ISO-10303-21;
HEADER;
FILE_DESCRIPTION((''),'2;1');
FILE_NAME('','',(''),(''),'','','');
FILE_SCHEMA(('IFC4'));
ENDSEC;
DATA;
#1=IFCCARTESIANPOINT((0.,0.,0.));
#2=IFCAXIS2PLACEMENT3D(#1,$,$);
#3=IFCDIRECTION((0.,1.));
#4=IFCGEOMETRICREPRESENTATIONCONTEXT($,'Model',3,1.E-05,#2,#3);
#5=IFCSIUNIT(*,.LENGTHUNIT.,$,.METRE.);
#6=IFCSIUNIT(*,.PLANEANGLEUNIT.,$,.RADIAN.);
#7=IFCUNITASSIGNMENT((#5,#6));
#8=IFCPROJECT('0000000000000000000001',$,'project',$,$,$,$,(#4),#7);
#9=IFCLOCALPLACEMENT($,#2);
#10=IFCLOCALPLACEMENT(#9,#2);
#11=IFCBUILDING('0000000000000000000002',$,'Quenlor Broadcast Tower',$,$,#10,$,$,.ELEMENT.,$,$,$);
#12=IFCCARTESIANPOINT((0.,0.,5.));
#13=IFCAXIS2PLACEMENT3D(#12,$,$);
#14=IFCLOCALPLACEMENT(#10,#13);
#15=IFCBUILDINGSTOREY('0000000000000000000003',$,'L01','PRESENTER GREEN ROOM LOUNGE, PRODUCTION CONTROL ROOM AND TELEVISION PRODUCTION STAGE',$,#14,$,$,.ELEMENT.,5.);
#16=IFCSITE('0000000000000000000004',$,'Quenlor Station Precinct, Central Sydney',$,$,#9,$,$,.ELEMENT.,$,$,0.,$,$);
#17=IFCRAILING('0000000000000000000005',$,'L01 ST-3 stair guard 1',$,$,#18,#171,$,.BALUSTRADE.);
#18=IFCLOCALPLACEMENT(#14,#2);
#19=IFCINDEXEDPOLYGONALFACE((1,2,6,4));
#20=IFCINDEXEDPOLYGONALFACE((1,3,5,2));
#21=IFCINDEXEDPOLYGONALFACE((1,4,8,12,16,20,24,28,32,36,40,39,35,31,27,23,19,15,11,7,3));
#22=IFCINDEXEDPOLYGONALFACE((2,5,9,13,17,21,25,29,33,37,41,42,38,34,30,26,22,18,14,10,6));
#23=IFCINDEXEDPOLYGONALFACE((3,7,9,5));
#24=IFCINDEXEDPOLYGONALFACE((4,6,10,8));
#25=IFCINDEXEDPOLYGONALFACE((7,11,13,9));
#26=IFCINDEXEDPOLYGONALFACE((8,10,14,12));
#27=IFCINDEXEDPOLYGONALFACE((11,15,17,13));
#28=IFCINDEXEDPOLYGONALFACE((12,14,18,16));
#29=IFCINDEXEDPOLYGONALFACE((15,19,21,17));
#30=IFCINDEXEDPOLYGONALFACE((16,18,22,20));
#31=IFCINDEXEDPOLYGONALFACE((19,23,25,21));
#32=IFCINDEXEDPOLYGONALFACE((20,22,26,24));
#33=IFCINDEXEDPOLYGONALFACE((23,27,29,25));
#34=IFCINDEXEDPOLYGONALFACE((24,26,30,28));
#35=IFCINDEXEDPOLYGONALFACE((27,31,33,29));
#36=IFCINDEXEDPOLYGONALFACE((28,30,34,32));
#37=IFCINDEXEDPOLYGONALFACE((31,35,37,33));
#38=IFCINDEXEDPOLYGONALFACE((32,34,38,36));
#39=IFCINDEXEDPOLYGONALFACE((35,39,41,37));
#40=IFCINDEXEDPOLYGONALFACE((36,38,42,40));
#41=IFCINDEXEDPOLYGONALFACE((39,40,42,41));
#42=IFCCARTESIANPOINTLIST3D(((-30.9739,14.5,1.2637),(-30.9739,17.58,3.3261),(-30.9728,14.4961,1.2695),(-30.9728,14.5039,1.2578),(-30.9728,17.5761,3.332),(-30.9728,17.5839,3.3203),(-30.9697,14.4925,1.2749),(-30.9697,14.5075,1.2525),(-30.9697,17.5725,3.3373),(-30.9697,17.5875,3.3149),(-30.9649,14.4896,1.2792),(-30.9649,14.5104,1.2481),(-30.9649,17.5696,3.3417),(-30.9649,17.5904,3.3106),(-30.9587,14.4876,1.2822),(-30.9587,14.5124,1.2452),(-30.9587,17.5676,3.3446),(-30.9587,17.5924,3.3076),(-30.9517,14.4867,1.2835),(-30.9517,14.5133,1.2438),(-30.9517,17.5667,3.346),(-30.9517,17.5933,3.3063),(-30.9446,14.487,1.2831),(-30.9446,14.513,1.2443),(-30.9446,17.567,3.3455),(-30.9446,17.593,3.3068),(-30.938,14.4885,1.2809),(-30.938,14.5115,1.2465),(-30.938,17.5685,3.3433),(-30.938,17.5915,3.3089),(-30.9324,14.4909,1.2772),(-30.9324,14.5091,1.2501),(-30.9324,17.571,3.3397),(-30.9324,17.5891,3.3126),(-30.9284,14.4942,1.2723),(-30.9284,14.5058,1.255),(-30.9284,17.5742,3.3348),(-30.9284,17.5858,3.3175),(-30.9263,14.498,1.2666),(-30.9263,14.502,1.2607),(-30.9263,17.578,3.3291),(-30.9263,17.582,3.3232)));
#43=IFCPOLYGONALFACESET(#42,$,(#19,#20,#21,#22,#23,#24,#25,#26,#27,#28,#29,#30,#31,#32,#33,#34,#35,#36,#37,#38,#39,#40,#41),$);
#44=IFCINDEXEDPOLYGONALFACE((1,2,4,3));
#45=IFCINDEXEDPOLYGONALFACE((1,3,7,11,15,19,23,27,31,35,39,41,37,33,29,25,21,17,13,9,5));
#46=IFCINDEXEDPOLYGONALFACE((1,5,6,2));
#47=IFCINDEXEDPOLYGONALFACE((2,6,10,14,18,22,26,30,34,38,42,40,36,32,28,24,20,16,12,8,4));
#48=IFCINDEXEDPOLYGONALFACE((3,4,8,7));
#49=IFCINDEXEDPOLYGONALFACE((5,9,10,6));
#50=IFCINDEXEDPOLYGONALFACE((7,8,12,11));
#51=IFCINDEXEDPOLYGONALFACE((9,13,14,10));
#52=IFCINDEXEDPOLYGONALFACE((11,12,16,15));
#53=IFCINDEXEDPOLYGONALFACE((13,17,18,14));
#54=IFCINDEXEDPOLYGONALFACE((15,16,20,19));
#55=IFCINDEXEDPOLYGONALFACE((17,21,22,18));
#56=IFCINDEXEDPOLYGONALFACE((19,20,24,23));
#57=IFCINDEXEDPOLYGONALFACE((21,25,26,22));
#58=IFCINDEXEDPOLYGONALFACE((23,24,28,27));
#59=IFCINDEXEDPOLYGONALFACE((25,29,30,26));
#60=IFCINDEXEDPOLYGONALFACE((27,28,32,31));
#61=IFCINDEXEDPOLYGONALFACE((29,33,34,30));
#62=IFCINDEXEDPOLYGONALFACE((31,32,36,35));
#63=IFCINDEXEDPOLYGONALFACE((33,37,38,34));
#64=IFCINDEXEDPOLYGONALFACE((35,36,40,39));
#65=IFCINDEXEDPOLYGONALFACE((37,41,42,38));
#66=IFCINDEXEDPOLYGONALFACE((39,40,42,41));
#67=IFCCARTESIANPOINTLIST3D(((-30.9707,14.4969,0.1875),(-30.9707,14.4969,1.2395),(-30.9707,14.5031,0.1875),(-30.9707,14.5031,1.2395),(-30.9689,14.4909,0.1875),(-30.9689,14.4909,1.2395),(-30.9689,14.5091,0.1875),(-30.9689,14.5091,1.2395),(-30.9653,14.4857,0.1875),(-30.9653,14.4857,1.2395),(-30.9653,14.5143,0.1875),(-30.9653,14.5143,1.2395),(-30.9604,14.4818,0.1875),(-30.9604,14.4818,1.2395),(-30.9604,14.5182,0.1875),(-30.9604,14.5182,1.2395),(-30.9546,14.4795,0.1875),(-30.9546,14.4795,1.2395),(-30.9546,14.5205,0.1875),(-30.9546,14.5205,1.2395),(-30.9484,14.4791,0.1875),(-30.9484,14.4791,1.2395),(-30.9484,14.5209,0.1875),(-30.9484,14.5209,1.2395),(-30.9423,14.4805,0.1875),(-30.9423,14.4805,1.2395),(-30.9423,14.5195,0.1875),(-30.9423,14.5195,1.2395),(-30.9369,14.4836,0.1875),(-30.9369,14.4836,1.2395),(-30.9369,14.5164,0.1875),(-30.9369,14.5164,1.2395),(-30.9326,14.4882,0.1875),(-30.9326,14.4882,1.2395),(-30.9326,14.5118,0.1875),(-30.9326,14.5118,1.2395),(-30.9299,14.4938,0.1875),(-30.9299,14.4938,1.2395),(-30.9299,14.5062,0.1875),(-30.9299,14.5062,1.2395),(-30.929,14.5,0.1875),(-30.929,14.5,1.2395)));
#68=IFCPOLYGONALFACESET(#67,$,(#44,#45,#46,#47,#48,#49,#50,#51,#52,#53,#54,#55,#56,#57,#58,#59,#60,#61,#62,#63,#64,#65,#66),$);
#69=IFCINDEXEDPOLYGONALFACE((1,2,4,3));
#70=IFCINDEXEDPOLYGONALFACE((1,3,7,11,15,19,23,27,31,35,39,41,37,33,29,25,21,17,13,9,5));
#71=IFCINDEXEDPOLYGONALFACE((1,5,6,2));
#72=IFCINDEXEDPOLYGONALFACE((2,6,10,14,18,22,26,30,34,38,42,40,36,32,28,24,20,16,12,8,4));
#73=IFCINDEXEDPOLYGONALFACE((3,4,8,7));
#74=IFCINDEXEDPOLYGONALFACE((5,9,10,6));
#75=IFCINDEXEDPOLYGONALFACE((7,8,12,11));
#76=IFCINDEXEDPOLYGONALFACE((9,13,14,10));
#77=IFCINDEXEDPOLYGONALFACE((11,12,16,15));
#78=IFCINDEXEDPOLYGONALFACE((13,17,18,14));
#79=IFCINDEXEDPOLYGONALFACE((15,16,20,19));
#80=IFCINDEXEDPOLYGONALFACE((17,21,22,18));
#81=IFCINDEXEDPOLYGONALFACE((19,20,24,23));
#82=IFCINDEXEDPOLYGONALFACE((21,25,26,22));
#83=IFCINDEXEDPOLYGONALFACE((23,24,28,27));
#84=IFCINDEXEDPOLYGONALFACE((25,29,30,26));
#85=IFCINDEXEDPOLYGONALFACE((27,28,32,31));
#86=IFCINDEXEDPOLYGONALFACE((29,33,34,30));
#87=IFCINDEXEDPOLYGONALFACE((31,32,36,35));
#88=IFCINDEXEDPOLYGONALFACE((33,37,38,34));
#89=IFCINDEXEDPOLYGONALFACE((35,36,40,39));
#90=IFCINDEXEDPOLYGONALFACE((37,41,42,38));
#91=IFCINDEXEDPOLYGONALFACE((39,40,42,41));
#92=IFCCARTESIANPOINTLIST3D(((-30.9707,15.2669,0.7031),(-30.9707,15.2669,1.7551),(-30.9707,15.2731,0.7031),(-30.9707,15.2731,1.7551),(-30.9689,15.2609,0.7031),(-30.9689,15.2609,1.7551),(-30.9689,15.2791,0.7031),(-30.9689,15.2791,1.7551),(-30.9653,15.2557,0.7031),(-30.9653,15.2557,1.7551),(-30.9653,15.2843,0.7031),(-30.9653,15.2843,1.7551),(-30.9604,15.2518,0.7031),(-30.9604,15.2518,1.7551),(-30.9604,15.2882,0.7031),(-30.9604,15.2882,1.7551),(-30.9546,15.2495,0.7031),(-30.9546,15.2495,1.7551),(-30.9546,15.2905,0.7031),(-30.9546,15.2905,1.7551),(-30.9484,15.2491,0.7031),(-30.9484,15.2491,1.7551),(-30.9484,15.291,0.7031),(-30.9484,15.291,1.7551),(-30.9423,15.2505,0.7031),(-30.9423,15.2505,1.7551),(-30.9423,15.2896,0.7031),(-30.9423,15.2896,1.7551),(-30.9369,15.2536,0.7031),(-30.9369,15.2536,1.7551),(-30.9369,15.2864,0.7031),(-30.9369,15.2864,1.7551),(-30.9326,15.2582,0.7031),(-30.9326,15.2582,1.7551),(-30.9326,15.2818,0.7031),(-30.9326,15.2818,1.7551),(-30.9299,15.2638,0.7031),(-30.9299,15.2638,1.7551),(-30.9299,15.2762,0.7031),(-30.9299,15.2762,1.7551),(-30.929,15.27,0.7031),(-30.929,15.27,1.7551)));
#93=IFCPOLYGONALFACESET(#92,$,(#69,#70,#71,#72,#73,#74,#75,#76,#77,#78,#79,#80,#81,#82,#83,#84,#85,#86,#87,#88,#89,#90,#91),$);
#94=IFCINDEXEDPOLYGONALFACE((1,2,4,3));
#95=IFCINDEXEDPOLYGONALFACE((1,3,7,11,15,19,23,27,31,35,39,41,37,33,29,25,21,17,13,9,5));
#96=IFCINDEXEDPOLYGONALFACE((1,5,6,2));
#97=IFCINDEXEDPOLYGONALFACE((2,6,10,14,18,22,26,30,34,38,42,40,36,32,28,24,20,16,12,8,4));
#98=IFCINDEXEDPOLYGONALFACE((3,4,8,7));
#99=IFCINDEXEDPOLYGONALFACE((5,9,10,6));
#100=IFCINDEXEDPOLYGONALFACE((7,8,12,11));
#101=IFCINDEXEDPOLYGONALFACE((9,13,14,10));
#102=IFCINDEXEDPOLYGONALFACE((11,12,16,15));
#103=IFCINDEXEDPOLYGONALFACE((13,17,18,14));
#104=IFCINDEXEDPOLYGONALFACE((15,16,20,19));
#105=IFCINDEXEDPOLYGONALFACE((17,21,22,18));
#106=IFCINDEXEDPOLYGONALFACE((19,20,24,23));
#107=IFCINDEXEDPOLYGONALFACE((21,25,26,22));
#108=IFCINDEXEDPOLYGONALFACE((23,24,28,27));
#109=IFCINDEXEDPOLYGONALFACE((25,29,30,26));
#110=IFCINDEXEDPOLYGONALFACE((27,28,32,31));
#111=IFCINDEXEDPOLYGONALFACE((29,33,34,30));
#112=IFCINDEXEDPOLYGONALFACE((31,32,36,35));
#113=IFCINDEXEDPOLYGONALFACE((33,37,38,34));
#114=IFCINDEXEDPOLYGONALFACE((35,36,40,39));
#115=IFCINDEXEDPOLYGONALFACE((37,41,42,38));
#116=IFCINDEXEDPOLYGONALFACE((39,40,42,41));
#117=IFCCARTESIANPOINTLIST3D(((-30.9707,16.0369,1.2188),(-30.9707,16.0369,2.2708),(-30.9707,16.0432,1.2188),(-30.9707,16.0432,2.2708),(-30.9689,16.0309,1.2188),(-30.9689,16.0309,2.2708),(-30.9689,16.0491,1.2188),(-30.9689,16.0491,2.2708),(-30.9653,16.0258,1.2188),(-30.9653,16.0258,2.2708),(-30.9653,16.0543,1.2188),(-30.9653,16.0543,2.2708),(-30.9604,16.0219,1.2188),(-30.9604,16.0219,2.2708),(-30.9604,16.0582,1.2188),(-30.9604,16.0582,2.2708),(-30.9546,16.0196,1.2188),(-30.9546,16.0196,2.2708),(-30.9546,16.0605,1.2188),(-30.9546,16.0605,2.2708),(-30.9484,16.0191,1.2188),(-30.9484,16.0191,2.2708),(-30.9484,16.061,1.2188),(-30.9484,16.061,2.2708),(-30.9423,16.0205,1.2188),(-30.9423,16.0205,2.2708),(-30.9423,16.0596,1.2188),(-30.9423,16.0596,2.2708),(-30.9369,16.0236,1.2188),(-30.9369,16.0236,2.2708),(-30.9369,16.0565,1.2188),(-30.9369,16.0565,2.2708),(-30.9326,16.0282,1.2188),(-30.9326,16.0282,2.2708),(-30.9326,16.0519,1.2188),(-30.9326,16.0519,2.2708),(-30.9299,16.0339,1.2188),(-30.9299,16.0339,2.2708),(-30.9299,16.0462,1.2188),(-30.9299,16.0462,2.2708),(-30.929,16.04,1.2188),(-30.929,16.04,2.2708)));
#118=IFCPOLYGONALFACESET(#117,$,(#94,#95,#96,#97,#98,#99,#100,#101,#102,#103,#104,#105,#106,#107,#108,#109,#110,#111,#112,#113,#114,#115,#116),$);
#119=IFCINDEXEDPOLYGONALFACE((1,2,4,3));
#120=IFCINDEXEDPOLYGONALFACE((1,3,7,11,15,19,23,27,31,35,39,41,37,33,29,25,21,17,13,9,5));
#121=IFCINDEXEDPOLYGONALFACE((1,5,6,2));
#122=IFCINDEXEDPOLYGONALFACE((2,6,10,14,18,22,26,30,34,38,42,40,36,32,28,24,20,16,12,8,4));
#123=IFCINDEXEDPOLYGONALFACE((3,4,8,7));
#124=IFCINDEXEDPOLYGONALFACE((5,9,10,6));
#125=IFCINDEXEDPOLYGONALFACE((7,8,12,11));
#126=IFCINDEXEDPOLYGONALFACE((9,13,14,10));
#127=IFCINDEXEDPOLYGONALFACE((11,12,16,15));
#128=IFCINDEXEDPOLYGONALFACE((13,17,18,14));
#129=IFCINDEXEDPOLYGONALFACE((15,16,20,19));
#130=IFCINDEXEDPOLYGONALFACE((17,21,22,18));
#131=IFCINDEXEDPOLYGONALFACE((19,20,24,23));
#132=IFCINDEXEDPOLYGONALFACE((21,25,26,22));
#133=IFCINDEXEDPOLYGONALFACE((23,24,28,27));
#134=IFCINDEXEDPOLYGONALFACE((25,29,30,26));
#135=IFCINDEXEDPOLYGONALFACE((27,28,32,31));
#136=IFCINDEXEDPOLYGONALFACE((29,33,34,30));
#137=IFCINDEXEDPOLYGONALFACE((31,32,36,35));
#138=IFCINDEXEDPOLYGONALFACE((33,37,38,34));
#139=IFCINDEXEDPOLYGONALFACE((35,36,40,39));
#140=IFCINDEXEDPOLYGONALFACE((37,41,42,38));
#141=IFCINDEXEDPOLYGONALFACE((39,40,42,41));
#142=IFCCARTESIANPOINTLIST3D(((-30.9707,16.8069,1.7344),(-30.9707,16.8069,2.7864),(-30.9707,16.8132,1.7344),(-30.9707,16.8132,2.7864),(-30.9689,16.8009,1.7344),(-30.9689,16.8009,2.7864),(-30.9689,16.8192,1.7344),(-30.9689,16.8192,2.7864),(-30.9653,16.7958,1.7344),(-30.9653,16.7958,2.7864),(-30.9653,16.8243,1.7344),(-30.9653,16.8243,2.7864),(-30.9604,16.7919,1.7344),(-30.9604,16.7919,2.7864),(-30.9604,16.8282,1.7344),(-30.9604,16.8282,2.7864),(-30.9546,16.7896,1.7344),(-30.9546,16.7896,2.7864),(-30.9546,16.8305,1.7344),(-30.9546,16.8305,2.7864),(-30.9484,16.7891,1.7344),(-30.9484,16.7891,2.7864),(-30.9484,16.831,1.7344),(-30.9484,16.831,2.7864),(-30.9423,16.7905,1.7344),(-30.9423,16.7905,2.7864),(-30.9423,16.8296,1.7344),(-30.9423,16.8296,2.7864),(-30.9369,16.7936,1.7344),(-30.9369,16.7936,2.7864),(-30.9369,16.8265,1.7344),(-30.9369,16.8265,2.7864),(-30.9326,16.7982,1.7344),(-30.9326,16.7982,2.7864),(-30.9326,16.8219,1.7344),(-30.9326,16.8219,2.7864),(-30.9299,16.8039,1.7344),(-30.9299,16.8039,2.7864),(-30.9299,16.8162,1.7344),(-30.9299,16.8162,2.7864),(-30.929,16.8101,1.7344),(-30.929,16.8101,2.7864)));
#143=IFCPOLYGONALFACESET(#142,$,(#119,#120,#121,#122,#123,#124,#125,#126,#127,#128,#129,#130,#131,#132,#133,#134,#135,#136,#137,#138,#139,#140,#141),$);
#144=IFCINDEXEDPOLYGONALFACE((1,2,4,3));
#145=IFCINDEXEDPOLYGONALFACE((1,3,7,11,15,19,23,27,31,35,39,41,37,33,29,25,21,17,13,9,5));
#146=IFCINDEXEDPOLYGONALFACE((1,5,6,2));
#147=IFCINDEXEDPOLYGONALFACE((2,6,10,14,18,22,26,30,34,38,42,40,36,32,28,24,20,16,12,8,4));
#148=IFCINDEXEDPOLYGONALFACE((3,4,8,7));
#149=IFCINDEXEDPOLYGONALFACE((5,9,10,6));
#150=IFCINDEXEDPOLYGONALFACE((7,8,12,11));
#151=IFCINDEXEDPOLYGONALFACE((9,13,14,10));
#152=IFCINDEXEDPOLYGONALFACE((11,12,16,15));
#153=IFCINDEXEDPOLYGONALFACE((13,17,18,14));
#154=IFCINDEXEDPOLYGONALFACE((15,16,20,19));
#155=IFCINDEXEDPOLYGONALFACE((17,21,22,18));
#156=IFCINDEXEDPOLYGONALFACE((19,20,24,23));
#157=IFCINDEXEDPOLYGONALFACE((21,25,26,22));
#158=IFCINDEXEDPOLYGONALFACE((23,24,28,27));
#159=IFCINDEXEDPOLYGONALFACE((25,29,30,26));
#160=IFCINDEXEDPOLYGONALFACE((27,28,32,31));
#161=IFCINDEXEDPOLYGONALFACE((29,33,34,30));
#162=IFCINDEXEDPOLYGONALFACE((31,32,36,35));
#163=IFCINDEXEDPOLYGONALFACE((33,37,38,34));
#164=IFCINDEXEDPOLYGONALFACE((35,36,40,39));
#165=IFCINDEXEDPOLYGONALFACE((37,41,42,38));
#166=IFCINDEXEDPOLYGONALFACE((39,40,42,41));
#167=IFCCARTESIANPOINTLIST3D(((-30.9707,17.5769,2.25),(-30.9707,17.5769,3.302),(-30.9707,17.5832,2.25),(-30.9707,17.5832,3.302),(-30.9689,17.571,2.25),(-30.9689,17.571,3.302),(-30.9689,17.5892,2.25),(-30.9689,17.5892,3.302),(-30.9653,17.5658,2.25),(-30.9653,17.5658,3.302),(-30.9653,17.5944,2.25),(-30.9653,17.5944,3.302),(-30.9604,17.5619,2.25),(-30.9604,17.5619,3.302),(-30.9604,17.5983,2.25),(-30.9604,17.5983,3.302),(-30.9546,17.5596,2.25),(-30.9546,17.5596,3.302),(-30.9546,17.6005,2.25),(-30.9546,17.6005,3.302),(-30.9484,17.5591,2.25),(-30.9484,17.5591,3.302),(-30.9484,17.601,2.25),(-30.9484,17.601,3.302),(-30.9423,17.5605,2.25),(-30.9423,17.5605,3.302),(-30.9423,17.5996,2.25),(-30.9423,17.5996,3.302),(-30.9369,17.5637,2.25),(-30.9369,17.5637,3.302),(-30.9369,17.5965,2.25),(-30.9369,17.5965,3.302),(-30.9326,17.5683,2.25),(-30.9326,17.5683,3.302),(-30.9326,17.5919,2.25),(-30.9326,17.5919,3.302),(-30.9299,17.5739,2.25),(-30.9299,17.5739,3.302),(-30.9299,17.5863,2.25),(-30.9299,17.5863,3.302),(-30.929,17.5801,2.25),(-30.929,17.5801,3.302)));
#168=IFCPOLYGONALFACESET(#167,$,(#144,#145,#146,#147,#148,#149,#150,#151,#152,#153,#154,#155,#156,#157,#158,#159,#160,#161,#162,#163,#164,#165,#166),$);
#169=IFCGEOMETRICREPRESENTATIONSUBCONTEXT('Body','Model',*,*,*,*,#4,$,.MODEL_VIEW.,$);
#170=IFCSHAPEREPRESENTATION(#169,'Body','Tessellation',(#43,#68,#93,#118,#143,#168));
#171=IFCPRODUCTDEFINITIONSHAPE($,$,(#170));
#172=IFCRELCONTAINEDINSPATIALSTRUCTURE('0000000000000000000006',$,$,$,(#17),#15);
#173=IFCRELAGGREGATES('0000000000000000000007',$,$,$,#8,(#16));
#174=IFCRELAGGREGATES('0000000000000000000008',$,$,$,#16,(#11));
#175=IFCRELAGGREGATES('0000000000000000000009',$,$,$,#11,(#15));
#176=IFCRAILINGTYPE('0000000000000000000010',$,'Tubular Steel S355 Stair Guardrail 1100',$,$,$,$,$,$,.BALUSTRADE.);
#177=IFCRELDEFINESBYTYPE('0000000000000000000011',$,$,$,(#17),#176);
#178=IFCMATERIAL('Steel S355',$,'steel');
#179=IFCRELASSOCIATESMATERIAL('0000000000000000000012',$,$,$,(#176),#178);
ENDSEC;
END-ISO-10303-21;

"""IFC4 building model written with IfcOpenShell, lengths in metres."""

from ifc_helpers import new_model, si_unit, direction, frame, origin, origin_2d, place, context, subcontext, project, spatial, circle, extrude, material, type_object, element, save


model = new_model("IFC4")

# Units and contexts
model_context = context("Model", 3, precision=1e-05, world=origin(), true_north=direction((0.0, 1.0)))
body_context = subcontext(model_context, "Body", "Model", "MODEL_VIEW")
ifc_project = project(units=[si_unit("LENGTHUNIT", "METRE"), si_unit("PLANEANGLEUNIT", "RADIAN")], contexts=[model_context])

# Site, building, storey
site_placement = place(None, origin())
site = spatial("IfcSite", under=ifc_project, at=site_placement, Name="Quenlor Station Precinct, Central Sydney", CompositionType="ELEMENT", RefElevation=0.0)
building_placement = place(site_placement, origin())
building = spatial("IfcBuilding", under=site, at=building_placement, Name="Quenlor Broadcast Tower", CompositionType="ELEMENT")
storey_placement = place(building_placement, frame((0.0, 0.0, 5.0)))
storey = spatial("IfcBuildingStorey", under=building, at=storey_placement, Name="L01", Description="PRESENTER GREEN ROOM LOUNGE, PRODUCTION CONTROL ROOM AND TELEVISION PRODUCTION STAGE", CompositionType="ELEMENT", Elevation=5.0)

# Railing
ifc_material_1 = material(Name="Steel S355", Category="steel")
railing_type_1 = type_object("IfcRailingType", Name="Tubular Steel S355 Stair Guardrail 1100", PredefinedType="BALUSTRADE", material=ifc_material_1)
railing_1_placement = place(storey_placement, frame((-30.95, 14.5, 0.1875)))
element("IfcRailing", 1, at=railing_1_placement, inside=storey, type_object=railing_type_1, Name="L01 ST-3 stair guard 1", PredefinedType="BALUSTRADE", context=body_context, shape_type="SweptSolid", body=[
    extrude(circle(Radius=0.0239, at=origin_2d()), frame((0.0, 0.0, 1.0762), z_axis=(0.0, 0.830914, 0.556401), x_axis=(-1.0, 0.0, 0.0)), (0.0, 0.0, 1.0), 3.7068),
    extrude(circle(Radius=0.021, at=origin_2d()), origin(), (0.0, 0.0, 1.0), 1.052),
    extrude(circle(Radius=0.021, at=origin_2d()), frame((0.0, 0.77, 0.5156)), (0.0, 0.0, 1.0), 1.052),
    extrude(circle(Radius=0.021, at=origin_2d()), frame((0.0, 1.54, 1.0312)), (0.0, 0.0, 1.0), 1.052),
    extrude(circle(Radius=0.021, at=origin_2d()), frame((0.0, 2.3101, 1.5469)), (0.0, 0.0, 1.0), 1.052),
    extrude(circle(Radius=0.021, at=origin_2d()), frame((0.0, 3.0801, 2.0625)), (0.0, 0.0, 1.0), 1.052),
])

save(model, "model.ifc")
